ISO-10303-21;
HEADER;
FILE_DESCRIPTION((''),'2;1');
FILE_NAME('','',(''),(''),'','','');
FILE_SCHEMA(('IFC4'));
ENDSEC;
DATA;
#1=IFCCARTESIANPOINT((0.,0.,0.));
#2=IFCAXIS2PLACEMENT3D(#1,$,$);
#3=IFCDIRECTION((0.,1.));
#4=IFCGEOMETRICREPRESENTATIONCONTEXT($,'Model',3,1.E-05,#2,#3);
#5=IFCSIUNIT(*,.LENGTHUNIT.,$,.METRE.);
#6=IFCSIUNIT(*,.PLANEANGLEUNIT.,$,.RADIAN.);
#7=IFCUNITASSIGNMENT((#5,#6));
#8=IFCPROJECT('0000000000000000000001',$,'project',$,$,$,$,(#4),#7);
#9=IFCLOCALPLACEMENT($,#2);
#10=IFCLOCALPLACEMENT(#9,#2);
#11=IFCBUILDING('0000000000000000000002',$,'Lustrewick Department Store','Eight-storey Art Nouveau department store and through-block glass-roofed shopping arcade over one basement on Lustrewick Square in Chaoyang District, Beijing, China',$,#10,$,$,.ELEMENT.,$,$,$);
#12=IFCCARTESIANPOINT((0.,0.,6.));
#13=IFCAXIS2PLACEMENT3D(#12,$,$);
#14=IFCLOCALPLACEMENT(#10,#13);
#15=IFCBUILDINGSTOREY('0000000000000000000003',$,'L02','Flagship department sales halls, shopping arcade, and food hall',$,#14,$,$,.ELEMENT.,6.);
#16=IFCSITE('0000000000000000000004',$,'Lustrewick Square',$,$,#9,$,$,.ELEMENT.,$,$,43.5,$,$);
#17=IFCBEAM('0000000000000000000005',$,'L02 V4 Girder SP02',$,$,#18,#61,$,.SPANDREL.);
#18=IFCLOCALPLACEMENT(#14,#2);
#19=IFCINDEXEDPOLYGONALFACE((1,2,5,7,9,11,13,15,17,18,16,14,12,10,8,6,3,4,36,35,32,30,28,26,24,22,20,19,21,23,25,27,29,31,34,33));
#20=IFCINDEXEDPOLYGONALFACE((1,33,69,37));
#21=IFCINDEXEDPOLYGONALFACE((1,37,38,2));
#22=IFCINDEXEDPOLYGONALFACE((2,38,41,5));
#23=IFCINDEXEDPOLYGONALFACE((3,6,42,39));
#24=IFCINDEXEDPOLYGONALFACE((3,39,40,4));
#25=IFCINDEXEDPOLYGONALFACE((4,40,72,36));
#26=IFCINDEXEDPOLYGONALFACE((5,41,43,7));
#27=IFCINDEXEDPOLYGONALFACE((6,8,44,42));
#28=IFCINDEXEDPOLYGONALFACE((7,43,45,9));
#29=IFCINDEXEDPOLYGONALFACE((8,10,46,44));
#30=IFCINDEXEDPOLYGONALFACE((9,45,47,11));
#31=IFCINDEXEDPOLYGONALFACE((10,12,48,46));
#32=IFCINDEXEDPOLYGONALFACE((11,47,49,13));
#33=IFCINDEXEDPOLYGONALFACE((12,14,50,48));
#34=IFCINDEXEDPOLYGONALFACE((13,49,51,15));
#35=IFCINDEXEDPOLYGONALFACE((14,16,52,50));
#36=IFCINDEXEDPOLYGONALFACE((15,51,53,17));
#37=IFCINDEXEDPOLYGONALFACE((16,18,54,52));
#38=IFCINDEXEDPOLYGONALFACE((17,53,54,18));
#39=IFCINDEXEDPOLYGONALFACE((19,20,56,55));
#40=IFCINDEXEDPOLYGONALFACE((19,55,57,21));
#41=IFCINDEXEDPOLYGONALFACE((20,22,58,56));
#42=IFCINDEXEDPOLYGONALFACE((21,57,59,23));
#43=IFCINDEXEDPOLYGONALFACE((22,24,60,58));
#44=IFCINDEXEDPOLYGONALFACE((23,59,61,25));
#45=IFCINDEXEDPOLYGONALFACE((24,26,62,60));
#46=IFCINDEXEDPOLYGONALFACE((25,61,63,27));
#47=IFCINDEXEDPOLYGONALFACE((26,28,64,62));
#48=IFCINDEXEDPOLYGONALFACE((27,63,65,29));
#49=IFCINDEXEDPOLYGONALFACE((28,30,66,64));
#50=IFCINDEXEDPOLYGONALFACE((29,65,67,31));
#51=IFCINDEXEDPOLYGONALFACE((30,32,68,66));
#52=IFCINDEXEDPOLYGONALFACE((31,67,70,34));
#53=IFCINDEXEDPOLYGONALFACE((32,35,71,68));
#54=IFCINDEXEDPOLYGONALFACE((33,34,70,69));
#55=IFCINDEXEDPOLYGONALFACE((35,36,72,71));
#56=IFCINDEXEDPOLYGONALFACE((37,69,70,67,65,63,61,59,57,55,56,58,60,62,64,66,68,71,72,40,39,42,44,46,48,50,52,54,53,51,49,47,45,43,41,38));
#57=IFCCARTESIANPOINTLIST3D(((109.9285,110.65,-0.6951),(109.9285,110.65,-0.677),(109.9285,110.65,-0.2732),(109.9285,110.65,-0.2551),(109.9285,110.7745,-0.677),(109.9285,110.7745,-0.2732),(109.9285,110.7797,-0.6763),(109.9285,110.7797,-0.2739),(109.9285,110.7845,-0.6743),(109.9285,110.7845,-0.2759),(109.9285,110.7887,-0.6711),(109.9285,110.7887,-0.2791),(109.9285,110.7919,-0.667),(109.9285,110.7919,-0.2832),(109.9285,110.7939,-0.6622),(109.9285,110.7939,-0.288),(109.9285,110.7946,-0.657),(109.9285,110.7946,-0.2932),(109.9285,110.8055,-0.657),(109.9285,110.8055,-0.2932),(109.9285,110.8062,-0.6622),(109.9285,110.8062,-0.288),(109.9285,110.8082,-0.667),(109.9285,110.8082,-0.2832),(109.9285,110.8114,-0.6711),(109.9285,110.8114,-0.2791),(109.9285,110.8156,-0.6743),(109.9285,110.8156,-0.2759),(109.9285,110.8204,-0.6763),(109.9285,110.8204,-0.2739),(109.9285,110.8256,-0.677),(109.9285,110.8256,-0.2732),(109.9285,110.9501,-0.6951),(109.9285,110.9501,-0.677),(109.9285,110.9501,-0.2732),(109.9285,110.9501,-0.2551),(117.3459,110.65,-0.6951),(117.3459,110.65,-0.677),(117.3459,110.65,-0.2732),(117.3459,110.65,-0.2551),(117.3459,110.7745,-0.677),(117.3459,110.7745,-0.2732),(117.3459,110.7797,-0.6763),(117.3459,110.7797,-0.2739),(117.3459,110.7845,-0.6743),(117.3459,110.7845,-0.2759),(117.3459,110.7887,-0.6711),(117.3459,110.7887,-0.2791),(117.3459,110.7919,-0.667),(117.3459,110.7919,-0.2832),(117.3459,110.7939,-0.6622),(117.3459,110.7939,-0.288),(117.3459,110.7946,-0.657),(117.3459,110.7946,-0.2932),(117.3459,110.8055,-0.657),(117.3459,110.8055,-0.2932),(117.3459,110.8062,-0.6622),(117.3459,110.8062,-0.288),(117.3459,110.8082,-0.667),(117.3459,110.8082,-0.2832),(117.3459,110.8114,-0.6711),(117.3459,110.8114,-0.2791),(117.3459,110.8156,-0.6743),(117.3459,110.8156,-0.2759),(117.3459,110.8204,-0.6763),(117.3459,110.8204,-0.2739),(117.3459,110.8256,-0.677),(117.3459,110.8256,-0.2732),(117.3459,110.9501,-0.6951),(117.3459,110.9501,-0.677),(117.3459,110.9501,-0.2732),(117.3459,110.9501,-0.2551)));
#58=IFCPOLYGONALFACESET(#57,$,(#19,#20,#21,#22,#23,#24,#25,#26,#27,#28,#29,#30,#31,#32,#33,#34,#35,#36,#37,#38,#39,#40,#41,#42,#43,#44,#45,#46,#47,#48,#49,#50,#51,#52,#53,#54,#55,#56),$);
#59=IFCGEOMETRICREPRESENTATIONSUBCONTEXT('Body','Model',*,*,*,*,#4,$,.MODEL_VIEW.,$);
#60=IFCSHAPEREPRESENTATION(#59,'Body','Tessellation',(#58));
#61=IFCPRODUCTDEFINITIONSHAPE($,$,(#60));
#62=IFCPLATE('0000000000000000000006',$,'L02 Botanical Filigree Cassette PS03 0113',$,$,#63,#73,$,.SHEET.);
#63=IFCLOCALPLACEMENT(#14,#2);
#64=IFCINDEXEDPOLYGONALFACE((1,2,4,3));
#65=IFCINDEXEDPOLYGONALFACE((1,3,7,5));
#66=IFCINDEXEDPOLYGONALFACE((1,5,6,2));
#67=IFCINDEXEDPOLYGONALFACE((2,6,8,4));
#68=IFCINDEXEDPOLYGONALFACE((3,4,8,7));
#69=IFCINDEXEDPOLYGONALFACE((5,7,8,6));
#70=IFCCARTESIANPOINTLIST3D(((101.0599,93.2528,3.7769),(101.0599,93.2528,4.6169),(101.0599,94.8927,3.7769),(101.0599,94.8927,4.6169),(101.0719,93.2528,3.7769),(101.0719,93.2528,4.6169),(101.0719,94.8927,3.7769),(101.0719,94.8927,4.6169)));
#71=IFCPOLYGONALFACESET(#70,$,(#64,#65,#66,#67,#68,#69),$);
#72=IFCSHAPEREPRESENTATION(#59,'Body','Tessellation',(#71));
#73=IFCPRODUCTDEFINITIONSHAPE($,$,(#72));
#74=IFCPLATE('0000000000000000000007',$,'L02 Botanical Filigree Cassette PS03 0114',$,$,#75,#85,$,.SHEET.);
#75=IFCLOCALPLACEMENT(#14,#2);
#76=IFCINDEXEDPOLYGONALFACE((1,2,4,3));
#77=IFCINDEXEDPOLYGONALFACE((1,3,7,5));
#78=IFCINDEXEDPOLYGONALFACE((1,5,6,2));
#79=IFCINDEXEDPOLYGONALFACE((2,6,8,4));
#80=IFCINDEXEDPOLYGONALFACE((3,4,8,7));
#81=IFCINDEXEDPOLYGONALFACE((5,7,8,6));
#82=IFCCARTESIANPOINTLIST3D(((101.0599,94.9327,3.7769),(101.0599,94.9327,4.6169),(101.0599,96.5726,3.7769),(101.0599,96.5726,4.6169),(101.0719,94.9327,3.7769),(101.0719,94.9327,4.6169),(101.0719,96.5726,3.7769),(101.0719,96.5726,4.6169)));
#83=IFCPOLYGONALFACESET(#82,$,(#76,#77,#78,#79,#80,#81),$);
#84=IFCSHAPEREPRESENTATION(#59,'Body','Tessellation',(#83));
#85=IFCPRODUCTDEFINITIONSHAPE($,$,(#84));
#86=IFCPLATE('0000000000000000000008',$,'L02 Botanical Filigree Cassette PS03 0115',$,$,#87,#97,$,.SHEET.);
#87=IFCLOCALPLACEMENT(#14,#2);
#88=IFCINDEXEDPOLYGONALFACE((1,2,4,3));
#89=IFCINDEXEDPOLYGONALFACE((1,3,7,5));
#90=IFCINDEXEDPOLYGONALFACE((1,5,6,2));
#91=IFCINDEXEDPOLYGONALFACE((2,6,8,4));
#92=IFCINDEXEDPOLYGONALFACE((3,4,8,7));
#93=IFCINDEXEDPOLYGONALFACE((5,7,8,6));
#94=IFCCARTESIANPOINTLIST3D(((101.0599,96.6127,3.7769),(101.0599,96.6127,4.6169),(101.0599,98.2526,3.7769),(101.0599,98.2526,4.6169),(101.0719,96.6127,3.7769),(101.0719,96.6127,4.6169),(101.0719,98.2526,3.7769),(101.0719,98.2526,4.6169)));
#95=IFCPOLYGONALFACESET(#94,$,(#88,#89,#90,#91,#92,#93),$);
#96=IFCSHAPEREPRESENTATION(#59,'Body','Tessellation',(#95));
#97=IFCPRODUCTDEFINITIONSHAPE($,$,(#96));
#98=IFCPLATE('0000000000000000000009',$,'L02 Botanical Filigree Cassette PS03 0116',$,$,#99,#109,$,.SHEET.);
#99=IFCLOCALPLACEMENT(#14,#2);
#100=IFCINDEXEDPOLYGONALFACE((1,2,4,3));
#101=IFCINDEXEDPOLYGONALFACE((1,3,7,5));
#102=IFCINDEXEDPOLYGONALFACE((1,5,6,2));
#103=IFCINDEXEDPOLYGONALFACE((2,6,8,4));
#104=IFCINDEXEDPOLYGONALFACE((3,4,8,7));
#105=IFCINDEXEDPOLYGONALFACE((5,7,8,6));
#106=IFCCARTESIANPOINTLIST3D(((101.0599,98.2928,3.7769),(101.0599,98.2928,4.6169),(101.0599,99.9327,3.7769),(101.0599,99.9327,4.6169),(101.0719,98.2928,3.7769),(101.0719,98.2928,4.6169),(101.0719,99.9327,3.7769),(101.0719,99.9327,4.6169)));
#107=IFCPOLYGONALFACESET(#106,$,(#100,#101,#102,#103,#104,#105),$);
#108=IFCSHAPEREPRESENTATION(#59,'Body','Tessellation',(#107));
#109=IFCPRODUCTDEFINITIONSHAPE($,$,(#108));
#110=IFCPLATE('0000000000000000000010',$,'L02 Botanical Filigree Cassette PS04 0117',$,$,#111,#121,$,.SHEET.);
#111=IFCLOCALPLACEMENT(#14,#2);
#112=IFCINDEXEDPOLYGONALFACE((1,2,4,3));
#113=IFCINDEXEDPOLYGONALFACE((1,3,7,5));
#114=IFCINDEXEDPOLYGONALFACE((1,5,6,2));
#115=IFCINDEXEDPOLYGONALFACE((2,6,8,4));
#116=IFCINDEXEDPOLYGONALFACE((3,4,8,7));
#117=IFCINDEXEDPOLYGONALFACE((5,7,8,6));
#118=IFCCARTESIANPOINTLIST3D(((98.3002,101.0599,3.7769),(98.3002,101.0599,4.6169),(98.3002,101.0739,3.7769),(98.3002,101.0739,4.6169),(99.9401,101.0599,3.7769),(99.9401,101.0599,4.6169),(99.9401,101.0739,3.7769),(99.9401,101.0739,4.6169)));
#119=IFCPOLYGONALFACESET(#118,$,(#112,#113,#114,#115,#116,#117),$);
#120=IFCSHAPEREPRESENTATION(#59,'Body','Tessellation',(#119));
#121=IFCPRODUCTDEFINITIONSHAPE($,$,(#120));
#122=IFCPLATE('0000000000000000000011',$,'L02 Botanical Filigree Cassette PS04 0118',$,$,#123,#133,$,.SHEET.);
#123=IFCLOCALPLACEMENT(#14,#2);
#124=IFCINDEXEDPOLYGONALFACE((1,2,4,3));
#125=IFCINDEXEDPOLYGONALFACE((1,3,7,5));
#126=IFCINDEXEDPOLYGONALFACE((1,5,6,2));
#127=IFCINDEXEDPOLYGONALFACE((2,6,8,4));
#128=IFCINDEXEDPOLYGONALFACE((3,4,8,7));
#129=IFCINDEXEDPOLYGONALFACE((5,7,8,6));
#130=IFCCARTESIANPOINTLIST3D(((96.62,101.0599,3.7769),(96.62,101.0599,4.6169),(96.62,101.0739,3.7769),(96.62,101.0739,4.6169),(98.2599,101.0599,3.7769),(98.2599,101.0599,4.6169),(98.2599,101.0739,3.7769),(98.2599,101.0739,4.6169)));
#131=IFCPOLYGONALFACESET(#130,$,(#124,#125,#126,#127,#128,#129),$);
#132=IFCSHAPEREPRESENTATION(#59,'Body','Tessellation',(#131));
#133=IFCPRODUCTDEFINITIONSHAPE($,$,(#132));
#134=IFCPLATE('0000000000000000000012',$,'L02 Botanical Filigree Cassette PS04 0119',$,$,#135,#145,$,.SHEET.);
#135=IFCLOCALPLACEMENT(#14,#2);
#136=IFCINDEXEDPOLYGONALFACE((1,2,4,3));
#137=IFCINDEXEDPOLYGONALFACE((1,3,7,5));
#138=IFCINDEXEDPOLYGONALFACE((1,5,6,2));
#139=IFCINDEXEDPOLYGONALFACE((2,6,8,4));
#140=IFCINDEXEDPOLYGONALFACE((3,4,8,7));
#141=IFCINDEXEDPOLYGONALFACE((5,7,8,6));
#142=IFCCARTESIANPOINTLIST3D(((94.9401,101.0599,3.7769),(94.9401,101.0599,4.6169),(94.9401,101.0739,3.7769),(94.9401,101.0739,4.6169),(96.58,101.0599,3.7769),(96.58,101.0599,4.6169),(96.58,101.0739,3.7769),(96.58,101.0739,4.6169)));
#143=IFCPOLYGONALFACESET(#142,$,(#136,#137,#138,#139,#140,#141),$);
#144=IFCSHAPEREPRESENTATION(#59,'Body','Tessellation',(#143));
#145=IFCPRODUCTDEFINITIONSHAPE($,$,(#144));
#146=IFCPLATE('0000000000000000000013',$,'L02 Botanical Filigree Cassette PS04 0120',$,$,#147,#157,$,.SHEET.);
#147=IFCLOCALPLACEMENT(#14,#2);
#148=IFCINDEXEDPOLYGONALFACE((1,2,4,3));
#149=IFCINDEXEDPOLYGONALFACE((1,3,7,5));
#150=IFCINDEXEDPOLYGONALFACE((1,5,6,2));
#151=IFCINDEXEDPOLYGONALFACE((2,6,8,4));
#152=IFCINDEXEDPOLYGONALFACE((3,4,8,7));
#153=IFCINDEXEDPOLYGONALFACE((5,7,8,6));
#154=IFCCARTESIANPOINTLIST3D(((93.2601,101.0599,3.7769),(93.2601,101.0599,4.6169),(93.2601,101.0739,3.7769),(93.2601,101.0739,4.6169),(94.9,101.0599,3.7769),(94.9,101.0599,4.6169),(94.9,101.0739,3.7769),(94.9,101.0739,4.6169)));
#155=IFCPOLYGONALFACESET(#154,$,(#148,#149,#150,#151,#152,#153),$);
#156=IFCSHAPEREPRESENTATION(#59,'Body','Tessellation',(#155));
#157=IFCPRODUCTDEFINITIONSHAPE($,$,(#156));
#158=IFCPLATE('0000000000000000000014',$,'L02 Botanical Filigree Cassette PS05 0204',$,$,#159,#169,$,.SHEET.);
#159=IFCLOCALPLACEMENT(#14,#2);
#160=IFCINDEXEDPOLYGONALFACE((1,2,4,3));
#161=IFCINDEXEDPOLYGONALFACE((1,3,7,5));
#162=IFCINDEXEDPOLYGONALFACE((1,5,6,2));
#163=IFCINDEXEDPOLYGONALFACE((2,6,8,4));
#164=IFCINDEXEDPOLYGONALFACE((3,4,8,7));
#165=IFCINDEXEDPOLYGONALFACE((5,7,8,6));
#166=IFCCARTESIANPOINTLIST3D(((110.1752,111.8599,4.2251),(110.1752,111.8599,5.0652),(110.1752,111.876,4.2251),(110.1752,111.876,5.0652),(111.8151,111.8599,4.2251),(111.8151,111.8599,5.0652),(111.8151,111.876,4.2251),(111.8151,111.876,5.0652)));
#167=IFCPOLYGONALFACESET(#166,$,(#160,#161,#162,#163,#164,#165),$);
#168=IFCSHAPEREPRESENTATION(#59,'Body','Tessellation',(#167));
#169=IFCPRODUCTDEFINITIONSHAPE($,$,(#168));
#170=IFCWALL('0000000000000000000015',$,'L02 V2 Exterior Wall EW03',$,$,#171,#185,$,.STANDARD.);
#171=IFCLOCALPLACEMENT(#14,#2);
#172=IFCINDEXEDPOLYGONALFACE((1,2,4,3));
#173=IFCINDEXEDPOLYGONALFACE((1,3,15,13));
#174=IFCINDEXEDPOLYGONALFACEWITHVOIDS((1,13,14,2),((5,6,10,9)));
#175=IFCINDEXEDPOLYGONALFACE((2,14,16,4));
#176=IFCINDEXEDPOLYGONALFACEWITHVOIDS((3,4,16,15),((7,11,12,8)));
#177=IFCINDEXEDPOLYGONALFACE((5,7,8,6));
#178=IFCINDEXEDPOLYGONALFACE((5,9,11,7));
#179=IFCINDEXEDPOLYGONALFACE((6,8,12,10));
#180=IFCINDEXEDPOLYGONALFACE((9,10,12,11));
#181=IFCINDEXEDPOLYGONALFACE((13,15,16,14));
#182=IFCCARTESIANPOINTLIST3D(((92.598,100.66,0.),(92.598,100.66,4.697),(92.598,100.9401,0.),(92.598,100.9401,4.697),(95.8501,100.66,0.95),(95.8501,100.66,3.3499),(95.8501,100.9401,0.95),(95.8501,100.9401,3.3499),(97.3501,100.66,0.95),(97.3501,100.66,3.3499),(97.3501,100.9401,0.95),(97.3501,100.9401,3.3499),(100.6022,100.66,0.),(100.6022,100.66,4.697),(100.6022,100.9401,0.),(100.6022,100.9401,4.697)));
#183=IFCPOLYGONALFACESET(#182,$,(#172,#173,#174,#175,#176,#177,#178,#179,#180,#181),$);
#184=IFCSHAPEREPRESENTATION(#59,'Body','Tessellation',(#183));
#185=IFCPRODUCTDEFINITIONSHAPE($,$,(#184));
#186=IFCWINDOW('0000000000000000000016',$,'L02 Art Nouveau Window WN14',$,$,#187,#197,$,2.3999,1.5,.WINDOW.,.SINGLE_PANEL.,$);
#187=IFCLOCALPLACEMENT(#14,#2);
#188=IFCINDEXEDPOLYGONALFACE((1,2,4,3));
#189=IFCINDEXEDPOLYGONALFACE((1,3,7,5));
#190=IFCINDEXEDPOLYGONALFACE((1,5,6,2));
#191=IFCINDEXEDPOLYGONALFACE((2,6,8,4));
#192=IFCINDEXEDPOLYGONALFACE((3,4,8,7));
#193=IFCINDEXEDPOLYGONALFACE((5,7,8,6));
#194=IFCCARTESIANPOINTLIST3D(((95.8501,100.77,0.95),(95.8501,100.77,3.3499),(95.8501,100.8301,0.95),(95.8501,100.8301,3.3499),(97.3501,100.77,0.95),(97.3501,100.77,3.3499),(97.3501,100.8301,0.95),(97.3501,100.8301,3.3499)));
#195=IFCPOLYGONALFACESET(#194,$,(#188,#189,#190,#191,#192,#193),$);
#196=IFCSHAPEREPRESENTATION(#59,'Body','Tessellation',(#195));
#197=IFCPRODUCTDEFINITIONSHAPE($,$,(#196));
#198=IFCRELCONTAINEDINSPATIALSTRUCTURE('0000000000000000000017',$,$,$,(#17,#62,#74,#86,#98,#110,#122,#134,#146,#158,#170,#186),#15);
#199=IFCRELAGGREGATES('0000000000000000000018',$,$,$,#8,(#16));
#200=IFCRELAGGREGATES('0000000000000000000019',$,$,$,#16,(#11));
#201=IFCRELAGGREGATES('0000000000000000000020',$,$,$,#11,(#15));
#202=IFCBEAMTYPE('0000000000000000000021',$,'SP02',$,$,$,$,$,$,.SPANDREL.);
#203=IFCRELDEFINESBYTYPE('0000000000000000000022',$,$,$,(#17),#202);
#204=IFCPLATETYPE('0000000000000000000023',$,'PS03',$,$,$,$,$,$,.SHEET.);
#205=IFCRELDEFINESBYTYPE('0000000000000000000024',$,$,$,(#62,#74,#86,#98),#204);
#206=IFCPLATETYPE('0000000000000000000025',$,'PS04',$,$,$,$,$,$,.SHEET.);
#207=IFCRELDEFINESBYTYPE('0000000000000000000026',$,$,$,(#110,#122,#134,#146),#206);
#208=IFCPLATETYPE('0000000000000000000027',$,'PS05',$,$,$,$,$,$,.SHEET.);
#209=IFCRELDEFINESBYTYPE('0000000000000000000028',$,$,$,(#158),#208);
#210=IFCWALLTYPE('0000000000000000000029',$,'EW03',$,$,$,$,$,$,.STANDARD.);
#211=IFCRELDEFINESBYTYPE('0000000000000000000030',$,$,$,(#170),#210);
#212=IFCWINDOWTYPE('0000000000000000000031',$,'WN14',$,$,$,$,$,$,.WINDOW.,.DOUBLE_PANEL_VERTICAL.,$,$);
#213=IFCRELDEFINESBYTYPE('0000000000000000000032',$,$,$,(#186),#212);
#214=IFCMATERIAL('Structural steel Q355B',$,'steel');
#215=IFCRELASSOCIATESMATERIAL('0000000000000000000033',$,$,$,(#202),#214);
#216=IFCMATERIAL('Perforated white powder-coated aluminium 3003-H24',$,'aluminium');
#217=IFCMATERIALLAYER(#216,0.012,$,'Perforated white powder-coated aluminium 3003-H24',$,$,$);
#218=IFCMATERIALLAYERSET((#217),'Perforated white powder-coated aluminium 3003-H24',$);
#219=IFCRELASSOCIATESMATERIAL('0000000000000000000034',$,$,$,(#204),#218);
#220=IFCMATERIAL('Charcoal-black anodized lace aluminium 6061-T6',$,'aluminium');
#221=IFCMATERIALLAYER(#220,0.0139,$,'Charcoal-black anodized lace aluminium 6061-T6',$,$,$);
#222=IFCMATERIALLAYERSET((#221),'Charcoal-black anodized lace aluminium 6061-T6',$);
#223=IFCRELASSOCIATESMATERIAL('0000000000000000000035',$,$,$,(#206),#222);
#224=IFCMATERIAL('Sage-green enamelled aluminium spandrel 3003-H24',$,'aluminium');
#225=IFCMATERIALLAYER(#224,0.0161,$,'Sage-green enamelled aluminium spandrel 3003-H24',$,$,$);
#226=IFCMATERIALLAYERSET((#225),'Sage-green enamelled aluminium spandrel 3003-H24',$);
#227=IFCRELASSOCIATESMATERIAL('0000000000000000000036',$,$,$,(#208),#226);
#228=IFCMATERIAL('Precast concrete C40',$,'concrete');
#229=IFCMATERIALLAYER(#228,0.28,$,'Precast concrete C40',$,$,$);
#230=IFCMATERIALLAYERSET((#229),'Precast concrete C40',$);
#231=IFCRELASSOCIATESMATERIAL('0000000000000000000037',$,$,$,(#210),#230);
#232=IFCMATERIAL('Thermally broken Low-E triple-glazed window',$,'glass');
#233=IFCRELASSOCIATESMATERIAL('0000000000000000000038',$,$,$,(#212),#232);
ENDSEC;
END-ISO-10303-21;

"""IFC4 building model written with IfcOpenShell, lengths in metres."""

from ifc_helpers import new_model, si_unit, direction, frame, frame_2d, origin, origin_2d, place, context, subcontext, project, spatial, rectangle, i_section, extrude, material, layer, layer_set, material_profile, profile_set, type_object, element, fill, save


model = new_model("IFC4")

# Units and contexts
model_context = context("Model", 3, precision=1e-05, world=origin(), true_north=direction((0.0, 1.0)))
body_context = subcontext(model_context, "Body", "Model", "MODEL_VIEW")
ifc_project = project(units=[si_unit("LENGTHUNIT", "METRE"), si_unit("PLANEANGLEUNIT", "RADIAN")], contexts=[model_context])

# Site, building, storey
site_placement = place(None, origin())
site = spatial("IfcSite", under=ifc_project, at=site_placement, Name="Lustrewick Square", CompositionType="ELEMENT", RefElevation=43.5)
building_placement = place(site_placement, origin())
building = spatial("IfcBuilding", under=site, at=building_placement, Name="Lustrewick Department Store", Description="Eight-storey Art Nouveau department store and through-block glass-roofed shopping arcade over one basement on Lustrewick Square in Chaoyang District, Beijing, China", CompositionType="ELEMENT")
storey_placement = place(building_placement, frame((0.0, 0.0, 6.0)))
storey = spatial("IfcBuildingStorey", under=building, at=storey_placement, Name="L02", Description="Flagship department sales halls, shopping arcade, and food hall", CompositionType="ELEMENT", Elevation=6.0)

# Shared definitions
ifc_material_1 = material(Name="Structural steel Q355B", Category="steel")

# Beam
ifc_material_profile_1 = material_profile(ifc_material_1, i_section(OverallWidth=0.3, OverallDepth=0.4399, WebThickness=0.011, FlangeThickness=0.0181, FilletRadius=0.02, at=origin_2d()), Name="HM 440x300x11x18")
ifc_profile_set_1 = profile_set([ifc_material_profile_1], Name="Structural steel Q355B")
beam_type_1 = type_object("IfcBeamType", Name="SP02", PredefinedType="SPANDREL", material=ifc_profile_set_1)
beam_1_placement = place(storey_placement, frame((109.9285, 110.8, -0.4751), z_axis=(1.0, 0.0, 0.0), x_axis=(0.0, 1.0, 0.0)))
element("IfcBeam", 1, at=beam_1_placement, inside=storey, type_object=beam_type_1, Name="L02 V4 Girder SP02", PredefinedType="SPANDREL", context=body_context, shape_type="SweptSolid", body=[
    extrude(i_section(OverallWidth=0.3, OverallDepth=0.4399, WebThickness=0.011, FlangeThickness=0.0181, FilletRadius=0.02, at=origin_2d()), origin(), (0.0, 0.0, 1.0), 7.4175),
])

# Plates
ifc_material_2 = material(Name="Perforated white powder-coated aluminium 3003-H24", Category="aluminium")
ifc_layer_1 = layer(ifc_material_2, 0.012, Name="Perforated white powder-coated aluminium 3003-H24")
ifc_layer_set_1 = layer_set([ifc_layer_1], Name="Perforated white powder-coated aluminium 3003-H24")
plate_type_1 = type_object("IfcPlateType", Name="PS03", PredefinedType="SHEET", material=ifc_layer_set_1)
for number, where, z_axis, x_axis, name in (
    (2, (101.0659, 94.0728, 3.7769), (0.0, 0.0, 1.0), (0.0, 1.0, 0.0), "L02 Botanical Filigree Cassette PS03 0113"),
    (3, (101.0659, 95.7527, 3.7769), (0.0, 0.0, 1.0), (0.0, 1.0, 0.0), "L02 Botanical Filigree Cassette PS03 0114"),
    (4, (101.0659, 97.4326, 3.7769), (0.0, 0.0, 1.0), (0.0, 1.0, 0.0), "L02 Botanical Filigree Cassette PS03 0115"),
    (5, (101.0659, 99.1128, 3.7769), (0.0, 0.0, 1.0), (0.0, 1.0, 0.0), "L02 Botanical Filigree Cassette PS03 0116"),
):
    element("IfcPlate", number, at=place(storey_placement, frame(where, z_axis=z_axis, x_axis=x_axis)), inside=storey, type_object=plate_type_1, Name=name, PredefinedType="SHEET", context=body_context, shape_type="SweptSolid", body=[
        extrude(rectangle(XDim=1.6399, YDim=0.012, at=origin_2d()), origin(), (0.0, 0.0, 1.0), 0.8401),
    ])
ifc_material_3 = material(Name="Charcoal-black anodized lace aluminium 6061-T6", Category="aluminium")
ifc_layer_2 = layer(ifc_material_3, 0.0139, Name="Charcoal-black anodized lace aluminium 6061-T6")
ifc_layer_set_2 = layer_set([ifc_layer_2], Name="Charcoal-black anodized lace aluminium 6061-T6")
plate_type_2 = type_object("IfcPlateType", Name="PS04", PredefinedType="SHEET", material=ifc_layer_set_2)
for number, where, z_axis, x_axis, name in (
    (6, (99.1201, 101.0669, 3.7769), (0.0, 0.0, 1.0), (-1.0, 0.0, 0.0), "L02 Botanical Filigree Cassette PS04 0117"),
    (7, (97.4399, 101.0669, 3.7769), (0.0, 0.0, 1.0), (-1.0, 0.0, 0.0), "L02 Botanical Filigree Cassette PS04 0118"),
    (8, (95.76, 101.0669, 3.7769), (0.0, 0.0, 1.0), (-1.0, 0.0, 0.0), "L02 Botanical Filigree Cassette PS04 0119"),
    (9, (94.0801, 101.0669, 3.7769), (0.0, 0.0, 1.0), (-1.0, 0.0, 0.0), "L02 Botanical Filigree Cassette PS04 0120"),
):
    element("IfcPlate", number, at=place(storey_placement, frame(where, z_axis=z_axis, x_axis=x_axis)), inside=storey, type_object=plate_type_2, Name=name, PredefinedType="SHEET", context=body_context, shape_type="SweptSolid", body=[
        extrude(rectangle(XDim=1.6399, YDim=0.0139, at=origin_2d()), origin(), (0.0, 0.0, 1.0), 0.8401),
    ])
ifc_material_4 = material(Name="Sage-green enamelled aluminium spandrel 3003-H24", Category="aluminium")
ifc_layer_3 = layer(ifc_material_4, 0.0161, Name="Sage-green enamelled aluminium spandrel 3003-H24")
ifc_layer_set_3 = layer_set([ifc_layer_3], Name="Sage-green enamelled aluminium spandrel 3003-H24")
plate_type_3 = type_object("IfcPlateType", Name="PS05", PredefinedType="SHEET", material=ifc_layer_set_3)
plate_placement = place(storey_placement, frame((110.9951, 111.8679, 4.2251), z_axis=(0.0, 0.0, 1.0), x_axis=(-1.0, 0.0, 0.0)))
element("IfcPlate", 10, at=plate_placement, inside=storey, type_object=plate_type_3, Name="L02 Botanical Filigree Cassette PS05 0204", PredefinedType="SHEET", context=body_context, shape_type="SweptSolid", body=[
    extrude(rectangle(XDim=1.6399, YDim=0.0161, at=origin_2d()), origin(), (0.0, 0.0, 1.0), 0.8401),
])

# Wall, opening, window
ifc_material_5 = material(Name="Precast concrete C40", Category="concrete")
ifc_layer_4 = layer(ifc_material_5, 0.28, Name="Precast concrete C40")
ifc_layer_set_4 = layer_set([ifc_layer_4], Name="Precast concrete C40")
wall_type_1 = type_object("IfcWallType", Name="EW03", PredefinedType="STANDARD", material=ifc_layer_set_4)
wall_1_placement = place(storey_placement, frame((100.6021, 100.8, 0.0), z_axis=(0.0, 0.0, 1.0), x_axis=(-1.0, 0.0, 0.0)))
wall_1 = element("IfcWall", 11, at=wall_1_placement, inside=storey, type_object=wall_type_1, Name="L02 V2 Exterior Wall EW03", PredefinedType="STANDARD", context=body_context, shape_type="SweptSolid", body=[
    extrude(rectangle(XDim=8.0042, YDim=0.28, at=frame_2d((4.002, 0.0))), origin(), (0.0, 0.0, 1.0), 4.697),
])
opening_placement = place(wall_1_placement, frame((3.252, 0.0, 0.95)))
opening = element("IfcOpeningElement", 12, at=opening_placement, cuts=wall_1, PredefinedType="OPENING", context=body_context, shape_type="SweptSolid", body=[
    extrude(rectangle(XDim=1.5, YDim=2.3999, at=frame_2d((0.75, 1.2))), frame((0.0, 0.1499, 0.0), z_axis=(0.0, -1.0, 0.0), x_axis=(1.0, 0.0, 0.0)), (0.0, 0.0, 1.0), 0.3),
])
ifc_material_6 = material(Name="Thermally broken Low-E triple-glazed window", Category="glass")
window_type = type_object("IfcWindowType", Name="WN14", PartitioningType="DOUBLE_PANEL_VERTICAL", PredefinedType="WINDOW", material=ifc_material_6)
window_placement = place(opening_placement, origin())
window = element("IfcWindow", 13, at=window_placement, inside=storey, type_object=window_type, Name="L02 Art Nouveau Window WN14", OverallHeight=2.3999, OverallWidth=1.5, PartitioningType="SINGLE_PANEL", PredefinedType="WINDOW", context=body_context, shape_type="SweptSolid", body=[
    extrude(rectangle(XDim=1.5, YDim=2.3999, at=frame_2d((0.75, 1.2))), frame((0.0, 0.03, 0.0), z_axis=(0.0, -1.0, 0.0), x_axis=(1.0, 0.0, 0.0)), (0.0, 0.0, 1.0), 0.0601),
])
fill(opening, window)

save(model, "model.ifc")
